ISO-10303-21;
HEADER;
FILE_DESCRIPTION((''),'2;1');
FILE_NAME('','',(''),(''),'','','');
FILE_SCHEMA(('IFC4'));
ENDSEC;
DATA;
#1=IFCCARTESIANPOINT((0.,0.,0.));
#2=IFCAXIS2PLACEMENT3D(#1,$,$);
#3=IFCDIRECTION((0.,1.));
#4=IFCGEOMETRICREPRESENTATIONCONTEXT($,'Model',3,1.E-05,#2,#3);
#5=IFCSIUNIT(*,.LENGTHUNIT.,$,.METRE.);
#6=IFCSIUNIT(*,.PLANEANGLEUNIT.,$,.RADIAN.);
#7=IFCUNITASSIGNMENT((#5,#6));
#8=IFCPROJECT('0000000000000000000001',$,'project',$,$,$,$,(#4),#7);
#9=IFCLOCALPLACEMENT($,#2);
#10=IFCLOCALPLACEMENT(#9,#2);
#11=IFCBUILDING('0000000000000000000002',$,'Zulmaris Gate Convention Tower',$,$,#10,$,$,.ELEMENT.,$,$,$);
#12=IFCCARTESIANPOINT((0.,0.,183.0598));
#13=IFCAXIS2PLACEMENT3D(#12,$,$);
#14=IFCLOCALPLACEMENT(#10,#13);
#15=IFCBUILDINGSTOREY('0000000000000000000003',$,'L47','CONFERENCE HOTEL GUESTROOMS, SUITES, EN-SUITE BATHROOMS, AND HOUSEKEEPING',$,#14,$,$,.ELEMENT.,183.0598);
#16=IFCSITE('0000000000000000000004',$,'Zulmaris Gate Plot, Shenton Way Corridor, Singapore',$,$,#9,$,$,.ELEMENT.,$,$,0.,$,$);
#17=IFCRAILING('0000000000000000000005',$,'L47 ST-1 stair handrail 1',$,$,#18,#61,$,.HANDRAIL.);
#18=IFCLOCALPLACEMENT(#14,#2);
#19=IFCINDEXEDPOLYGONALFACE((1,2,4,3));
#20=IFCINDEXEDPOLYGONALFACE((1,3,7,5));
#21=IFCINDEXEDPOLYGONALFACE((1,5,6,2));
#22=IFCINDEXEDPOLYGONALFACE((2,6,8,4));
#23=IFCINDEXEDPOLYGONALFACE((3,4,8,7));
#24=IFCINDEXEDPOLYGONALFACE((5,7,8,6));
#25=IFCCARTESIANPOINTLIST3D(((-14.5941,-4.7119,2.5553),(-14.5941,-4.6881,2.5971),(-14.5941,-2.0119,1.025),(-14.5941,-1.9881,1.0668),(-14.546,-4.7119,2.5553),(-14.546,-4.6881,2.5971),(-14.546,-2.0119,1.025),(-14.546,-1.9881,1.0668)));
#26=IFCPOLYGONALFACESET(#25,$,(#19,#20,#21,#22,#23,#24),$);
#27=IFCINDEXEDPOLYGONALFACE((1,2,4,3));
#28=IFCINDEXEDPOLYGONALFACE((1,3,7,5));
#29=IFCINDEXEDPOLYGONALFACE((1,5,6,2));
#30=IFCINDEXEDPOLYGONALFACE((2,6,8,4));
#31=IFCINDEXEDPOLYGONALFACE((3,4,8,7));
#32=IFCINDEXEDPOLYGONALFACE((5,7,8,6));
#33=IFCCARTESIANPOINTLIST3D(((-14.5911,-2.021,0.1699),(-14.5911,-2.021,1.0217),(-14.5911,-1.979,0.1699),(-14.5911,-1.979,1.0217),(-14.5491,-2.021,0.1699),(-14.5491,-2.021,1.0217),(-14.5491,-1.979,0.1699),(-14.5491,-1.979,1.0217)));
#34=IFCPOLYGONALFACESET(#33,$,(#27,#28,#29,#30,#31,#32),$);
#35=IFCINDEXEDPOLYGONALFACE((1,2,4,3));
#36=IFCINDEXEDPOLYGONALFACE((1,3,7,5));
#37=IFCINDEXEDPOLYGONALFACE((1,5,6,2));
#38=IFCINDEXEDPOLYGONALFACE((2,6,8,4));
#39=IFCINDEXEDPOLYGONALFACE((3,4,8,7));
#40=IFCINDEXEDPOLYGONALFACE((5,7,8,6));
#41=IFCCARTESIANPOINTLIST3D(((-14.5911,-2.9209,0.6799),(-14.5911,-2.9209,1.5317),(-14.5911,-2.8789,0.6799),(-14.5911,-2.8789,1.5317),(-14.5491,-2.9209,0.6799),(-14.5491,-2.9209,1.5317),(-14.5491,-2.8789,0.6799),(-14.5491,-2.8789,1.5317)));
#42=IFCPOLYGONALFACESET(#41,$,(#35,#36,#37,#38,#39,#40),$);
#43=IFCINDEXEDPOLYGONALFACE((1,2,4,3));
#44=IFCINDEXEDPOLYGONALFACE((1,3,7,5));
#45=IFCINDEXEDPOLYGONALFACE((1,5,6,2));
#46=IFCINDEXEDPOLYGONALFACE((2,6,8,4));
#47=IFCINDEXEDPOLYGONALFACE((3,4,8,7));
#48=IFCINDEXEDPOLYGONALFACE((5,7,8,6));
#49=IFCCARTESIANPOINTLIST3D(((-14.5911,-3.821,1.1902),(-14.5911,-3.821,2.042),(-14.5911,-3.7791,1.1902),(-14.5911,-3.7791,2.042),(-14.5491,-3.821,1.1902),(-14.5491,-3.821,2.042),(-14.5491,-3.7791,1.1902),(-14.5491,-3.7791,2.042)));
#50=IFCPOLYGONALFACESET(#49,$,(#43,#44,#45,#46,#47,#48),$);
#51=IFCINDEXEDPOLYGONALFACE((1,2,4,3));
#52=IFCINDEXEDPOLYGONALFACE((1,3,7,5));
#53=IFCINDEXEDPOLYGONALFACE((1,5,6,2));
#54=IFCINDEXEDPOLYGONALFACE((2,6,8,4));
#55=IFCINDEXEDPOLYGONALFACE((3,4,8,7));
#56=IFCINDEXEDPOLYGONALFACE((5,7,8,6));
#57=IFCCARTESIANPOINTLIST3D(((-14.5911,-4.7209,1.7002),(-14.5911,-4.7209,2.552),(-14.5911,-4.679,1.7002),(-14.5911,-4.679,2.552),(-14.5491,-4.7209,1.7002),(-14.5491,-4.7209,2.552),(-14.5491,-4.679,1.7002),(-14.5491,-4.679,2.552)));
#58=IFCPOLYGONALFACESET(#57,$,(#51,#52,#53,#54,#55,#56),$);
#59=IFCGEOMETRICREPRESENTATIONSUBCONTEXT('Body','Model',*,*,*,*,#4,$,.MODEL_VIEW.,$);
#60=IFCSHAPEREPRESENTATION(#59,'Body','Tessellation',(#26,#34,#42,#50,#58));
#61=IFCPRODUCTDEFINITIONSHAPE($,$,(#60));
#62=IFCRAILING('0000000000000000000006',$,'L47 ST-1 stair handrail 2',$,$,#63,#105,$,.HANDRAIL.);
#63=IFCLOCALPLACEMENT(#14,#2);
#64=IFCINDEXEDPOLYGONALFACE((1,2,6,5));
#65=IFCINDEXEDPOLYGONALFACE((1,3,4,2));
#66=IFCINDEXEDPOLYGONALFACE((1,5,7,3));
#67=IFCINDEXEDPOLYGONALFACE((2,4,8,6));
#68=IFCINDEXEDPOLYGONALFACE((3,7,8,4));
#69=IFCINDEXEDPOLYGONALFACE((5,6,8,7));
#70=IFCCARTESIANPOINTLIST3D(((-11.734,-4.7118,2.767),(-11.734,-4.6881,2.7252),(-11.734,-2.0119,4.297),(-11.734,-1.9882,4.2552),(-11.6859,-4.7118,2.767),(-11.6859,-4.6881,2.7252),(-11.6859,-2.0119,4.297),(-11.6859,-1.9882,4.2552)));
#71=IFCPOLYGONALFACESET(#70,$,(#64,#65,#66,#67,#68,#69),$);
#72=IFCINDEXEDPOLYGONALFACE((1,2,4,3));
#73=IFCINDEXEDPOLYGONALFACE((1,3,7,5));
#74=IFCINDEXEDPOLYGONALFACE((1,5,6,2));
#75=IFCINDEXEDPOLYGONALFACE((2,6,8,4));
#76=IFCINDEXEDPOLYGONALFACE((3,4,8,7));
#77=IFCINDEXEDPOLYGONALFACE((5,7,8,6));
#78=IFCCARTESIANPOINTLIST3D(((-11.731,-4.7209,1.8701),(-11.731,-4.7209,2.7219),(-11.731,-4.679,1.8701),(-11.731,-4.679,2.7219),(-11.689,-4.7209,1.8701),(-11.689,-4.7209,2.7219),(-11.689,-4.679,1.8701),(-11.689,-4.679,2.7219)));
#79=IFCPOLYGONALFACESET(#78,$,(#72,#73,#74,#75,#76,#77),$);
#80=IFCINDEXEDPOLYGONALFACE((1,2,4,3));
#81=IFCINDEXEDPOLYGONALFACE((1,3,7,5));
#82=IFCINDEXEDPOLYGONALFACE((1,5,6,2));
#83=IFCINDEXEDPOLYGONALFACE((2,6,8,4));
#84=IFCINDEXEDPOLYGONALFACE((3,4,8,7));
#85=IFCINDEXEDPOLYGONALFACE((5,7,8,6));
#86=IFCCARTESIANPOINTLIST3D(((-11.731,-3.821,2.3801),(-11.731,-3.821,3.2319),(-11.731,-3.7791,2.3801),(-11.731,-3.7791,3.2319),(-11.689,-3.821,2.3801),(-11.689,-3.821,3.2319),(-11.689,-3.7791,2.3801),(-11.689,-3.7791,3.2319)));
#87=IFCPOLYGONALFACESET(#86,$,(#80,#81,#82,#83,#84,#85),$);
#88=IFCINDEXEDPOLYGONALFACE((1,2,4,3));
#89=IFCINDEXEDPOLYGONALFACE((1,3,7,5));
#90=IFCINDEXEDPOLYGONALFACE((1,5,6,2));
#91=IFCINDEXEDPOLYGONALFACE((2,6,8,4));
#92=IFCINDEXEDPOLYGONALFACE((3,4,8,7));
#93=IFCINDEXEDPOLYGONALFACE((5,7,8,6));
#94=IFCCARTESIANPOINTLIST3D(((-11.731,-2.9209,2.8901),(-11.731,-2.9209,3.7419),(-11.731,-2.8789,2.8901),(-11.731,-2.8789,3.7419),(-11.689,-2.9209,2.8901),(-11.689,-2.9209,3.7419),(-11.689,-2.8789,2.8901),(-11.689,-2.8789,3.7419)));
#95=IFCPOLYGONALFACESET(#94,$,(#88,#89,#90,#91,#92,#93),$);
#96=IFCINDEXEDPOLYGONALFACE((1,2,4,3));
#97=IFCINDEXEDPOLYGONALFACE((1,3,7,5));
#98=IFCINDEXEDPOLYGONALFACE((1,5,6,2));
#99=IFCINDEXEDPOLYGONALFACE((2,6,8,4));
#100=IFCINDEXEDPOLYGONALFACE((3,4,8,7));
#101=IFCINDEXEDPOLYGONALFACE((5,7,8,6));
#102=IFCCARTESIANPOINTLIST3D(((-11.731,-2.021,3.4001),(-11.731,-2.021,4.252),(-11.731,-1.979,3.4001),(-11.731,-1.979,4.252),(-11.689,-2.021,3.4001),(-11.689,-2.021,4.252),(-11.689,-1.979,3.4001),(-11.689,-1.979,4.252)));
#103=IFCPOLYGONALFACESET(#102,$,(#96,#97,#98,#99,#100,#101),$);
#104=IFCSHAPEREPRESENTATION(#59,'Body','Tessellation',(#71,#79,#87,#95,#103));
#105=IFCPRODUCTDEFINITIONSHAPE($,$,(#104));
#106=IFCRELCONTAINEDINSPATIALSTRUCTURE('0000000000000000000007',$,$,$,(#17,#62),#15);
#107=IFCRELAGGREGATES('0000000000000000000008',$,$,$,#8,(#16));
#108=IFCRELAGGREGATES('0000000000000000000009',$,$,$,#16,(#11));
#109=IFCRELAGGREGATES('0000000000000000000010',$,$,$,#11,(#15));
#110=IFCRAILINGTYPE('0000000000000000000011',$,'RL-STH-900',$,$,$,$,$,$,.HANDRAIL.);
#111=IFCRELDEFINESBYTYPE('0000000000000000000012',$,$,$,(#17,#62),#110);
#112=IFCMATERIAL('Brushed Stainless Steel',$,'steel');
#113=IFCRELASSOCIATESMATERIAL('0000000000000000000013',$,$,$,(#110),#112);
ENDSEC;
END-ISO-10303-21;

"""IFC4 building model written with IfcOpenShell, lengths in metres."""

from ifc_helpers import new_model, si_unit, direction, frame, origin, origin_2d, place, context, subcontext, project, spatial, rectangle, extrude, material, type_object, element, save


model = new_model("IFC4")

# Units and contexts
model_context = context("Model", 3, precision=1e-05, world=origin(), true_north=direction((0.0, 1.0)))
body_context = subcontext(model_context, "Body", "Model", "MODEL_VIEW")
ifc_project = project(units=[si_unit("LENGTHUNIT", "METRE"), si_unit("PLANEANGLEUNIT", "RADIAN")], contexts=[model_context])

# Site, building, storey
site_placement = place(None, origin())
site = spatial("IfcSite", under=ifc_project, at=site_placement, Name="Zulmaris Gate Plot, Shenton Way Corridor, Singapore", CompositionType="ELEMENT", RefElevation=0.0)
building_placement = place(site_placement, origin())
building = spatial("IfcBuilding", under=site, at=building_placement, Name="Zulmaris Gate Convention Tower", CompositionType="ELEMENT")
storey_placement = place(building_placement, frame((0.0, 0.0, 183.0598)))
storey = spatial("IfcBuildingStorey", under=building, at=storey_placement, Name="L47", Description="CONFERENCE HOTEL GUESTROOMS, SUITES, EN-SUITE BATHROOMS, AND HOUSEKEEPING", CompositionType="ELEMENT", Elevation=183.0598)

# Railings
ifc_material_1 = material(Name="Brushed Stainless Steel", Category="steel")
railing_type_1 = type_object("IfcRailingType", Name="RL-STH-900", PredefinedType="HANDRAIL", material=ifc_material_1)
railing_1_placement = place(storey_placement, frame((-14.5701, -2.0, 0.1699)))
element("IfcRailing", 1, at=railing_1_placement, inside=storey, type_object=railing_type_1, Name="L47 ST-1 stair handrail 1", PredefinedType="HANDRAIL", context=body_context, shape_type="SweptSolid", body=[
    extrude(rectangle(XDim=0.0481, YDim=0.0481, at=origin_2d()), frame((0.0, 0.0, 0.876), z_axis=(0.0, -0.869981, 0.493086), x_axis=(1.0, 0.0, 0.0)), (0.0, 0.0, 1.0), 3.1035),
    extrude(rectangle(XDim=0.042, YDim=0.042, at=origin_2d()), origin(), (0.0, 0.0, 1.0), 0.8518),
    extrude(rectangle(XDim=0.042, YDim=0.042, at=origin_2d()), frame((0.0, -0.8999, 0.51)), (0.0, 0.0, 1.0), 0.8518),
    extrude(rectangle(XDim=0.042, YDim=0.042, at=origin_2d()), frame((0.0, -1.8, 1.0203)), (0.0, 0.0, 1.0), 0.8518),
    extrude(rectangle(XDim=0.042, YDim=0.042, at=origin_2d()), frame((0.0, -2.7, 1.5303)), (0.0, 0.0, 1.0), 0.8518),
])
railing_2_placement = place(storey_placement, frame((-11.71, -4.7, 1.8701)))
element("IfcRailing", 2, at=railing_2_placement, inside=storey, type_object=railing_type_1, Name="L47 ST-1 stair handrail 2", PredefinedType="HANDRAIL", context=body_context, shape_type="SweptSolid", body=[
    extrude(rectangle(XDim=0.0481, YDim=0.0481, at=origin_2d()), frame((0.0, 0.0, 0.876), z_axis=(0.0, 0.870014, 0.493026), x_axis=(-1.0, 0.0, 0.0)), (0.0, 0.0, 1.0), 3.1033),
    extrude(rectangle(XDim=0.042, YDim=0.042, at=origin_2d()), origin(), (0.0, 0.0, 1.0), 0.8518),
    extrude(rectangle(XDim=0.042, YDim=0.042, at=origin_2d()), frame((0.0, 0.8999, 0.51)), (0.0, 0.0, 1.0), 0.8518),
    extrude(rectangle(XDim=0.042, YDim=0.042, at=origin_2d()), frame((0.0, 1.8, 1.02)), (0.0, 0.0, 1.0), 0.8518),
    extrude(rectangle(XDim=0.042, YDim=0.042, at=origin_2d()), frame((0.0, 2.7, 1.53)), (0.0, 0.0, 1.0), 0.8518),
])

save(model, "model.ifc")
